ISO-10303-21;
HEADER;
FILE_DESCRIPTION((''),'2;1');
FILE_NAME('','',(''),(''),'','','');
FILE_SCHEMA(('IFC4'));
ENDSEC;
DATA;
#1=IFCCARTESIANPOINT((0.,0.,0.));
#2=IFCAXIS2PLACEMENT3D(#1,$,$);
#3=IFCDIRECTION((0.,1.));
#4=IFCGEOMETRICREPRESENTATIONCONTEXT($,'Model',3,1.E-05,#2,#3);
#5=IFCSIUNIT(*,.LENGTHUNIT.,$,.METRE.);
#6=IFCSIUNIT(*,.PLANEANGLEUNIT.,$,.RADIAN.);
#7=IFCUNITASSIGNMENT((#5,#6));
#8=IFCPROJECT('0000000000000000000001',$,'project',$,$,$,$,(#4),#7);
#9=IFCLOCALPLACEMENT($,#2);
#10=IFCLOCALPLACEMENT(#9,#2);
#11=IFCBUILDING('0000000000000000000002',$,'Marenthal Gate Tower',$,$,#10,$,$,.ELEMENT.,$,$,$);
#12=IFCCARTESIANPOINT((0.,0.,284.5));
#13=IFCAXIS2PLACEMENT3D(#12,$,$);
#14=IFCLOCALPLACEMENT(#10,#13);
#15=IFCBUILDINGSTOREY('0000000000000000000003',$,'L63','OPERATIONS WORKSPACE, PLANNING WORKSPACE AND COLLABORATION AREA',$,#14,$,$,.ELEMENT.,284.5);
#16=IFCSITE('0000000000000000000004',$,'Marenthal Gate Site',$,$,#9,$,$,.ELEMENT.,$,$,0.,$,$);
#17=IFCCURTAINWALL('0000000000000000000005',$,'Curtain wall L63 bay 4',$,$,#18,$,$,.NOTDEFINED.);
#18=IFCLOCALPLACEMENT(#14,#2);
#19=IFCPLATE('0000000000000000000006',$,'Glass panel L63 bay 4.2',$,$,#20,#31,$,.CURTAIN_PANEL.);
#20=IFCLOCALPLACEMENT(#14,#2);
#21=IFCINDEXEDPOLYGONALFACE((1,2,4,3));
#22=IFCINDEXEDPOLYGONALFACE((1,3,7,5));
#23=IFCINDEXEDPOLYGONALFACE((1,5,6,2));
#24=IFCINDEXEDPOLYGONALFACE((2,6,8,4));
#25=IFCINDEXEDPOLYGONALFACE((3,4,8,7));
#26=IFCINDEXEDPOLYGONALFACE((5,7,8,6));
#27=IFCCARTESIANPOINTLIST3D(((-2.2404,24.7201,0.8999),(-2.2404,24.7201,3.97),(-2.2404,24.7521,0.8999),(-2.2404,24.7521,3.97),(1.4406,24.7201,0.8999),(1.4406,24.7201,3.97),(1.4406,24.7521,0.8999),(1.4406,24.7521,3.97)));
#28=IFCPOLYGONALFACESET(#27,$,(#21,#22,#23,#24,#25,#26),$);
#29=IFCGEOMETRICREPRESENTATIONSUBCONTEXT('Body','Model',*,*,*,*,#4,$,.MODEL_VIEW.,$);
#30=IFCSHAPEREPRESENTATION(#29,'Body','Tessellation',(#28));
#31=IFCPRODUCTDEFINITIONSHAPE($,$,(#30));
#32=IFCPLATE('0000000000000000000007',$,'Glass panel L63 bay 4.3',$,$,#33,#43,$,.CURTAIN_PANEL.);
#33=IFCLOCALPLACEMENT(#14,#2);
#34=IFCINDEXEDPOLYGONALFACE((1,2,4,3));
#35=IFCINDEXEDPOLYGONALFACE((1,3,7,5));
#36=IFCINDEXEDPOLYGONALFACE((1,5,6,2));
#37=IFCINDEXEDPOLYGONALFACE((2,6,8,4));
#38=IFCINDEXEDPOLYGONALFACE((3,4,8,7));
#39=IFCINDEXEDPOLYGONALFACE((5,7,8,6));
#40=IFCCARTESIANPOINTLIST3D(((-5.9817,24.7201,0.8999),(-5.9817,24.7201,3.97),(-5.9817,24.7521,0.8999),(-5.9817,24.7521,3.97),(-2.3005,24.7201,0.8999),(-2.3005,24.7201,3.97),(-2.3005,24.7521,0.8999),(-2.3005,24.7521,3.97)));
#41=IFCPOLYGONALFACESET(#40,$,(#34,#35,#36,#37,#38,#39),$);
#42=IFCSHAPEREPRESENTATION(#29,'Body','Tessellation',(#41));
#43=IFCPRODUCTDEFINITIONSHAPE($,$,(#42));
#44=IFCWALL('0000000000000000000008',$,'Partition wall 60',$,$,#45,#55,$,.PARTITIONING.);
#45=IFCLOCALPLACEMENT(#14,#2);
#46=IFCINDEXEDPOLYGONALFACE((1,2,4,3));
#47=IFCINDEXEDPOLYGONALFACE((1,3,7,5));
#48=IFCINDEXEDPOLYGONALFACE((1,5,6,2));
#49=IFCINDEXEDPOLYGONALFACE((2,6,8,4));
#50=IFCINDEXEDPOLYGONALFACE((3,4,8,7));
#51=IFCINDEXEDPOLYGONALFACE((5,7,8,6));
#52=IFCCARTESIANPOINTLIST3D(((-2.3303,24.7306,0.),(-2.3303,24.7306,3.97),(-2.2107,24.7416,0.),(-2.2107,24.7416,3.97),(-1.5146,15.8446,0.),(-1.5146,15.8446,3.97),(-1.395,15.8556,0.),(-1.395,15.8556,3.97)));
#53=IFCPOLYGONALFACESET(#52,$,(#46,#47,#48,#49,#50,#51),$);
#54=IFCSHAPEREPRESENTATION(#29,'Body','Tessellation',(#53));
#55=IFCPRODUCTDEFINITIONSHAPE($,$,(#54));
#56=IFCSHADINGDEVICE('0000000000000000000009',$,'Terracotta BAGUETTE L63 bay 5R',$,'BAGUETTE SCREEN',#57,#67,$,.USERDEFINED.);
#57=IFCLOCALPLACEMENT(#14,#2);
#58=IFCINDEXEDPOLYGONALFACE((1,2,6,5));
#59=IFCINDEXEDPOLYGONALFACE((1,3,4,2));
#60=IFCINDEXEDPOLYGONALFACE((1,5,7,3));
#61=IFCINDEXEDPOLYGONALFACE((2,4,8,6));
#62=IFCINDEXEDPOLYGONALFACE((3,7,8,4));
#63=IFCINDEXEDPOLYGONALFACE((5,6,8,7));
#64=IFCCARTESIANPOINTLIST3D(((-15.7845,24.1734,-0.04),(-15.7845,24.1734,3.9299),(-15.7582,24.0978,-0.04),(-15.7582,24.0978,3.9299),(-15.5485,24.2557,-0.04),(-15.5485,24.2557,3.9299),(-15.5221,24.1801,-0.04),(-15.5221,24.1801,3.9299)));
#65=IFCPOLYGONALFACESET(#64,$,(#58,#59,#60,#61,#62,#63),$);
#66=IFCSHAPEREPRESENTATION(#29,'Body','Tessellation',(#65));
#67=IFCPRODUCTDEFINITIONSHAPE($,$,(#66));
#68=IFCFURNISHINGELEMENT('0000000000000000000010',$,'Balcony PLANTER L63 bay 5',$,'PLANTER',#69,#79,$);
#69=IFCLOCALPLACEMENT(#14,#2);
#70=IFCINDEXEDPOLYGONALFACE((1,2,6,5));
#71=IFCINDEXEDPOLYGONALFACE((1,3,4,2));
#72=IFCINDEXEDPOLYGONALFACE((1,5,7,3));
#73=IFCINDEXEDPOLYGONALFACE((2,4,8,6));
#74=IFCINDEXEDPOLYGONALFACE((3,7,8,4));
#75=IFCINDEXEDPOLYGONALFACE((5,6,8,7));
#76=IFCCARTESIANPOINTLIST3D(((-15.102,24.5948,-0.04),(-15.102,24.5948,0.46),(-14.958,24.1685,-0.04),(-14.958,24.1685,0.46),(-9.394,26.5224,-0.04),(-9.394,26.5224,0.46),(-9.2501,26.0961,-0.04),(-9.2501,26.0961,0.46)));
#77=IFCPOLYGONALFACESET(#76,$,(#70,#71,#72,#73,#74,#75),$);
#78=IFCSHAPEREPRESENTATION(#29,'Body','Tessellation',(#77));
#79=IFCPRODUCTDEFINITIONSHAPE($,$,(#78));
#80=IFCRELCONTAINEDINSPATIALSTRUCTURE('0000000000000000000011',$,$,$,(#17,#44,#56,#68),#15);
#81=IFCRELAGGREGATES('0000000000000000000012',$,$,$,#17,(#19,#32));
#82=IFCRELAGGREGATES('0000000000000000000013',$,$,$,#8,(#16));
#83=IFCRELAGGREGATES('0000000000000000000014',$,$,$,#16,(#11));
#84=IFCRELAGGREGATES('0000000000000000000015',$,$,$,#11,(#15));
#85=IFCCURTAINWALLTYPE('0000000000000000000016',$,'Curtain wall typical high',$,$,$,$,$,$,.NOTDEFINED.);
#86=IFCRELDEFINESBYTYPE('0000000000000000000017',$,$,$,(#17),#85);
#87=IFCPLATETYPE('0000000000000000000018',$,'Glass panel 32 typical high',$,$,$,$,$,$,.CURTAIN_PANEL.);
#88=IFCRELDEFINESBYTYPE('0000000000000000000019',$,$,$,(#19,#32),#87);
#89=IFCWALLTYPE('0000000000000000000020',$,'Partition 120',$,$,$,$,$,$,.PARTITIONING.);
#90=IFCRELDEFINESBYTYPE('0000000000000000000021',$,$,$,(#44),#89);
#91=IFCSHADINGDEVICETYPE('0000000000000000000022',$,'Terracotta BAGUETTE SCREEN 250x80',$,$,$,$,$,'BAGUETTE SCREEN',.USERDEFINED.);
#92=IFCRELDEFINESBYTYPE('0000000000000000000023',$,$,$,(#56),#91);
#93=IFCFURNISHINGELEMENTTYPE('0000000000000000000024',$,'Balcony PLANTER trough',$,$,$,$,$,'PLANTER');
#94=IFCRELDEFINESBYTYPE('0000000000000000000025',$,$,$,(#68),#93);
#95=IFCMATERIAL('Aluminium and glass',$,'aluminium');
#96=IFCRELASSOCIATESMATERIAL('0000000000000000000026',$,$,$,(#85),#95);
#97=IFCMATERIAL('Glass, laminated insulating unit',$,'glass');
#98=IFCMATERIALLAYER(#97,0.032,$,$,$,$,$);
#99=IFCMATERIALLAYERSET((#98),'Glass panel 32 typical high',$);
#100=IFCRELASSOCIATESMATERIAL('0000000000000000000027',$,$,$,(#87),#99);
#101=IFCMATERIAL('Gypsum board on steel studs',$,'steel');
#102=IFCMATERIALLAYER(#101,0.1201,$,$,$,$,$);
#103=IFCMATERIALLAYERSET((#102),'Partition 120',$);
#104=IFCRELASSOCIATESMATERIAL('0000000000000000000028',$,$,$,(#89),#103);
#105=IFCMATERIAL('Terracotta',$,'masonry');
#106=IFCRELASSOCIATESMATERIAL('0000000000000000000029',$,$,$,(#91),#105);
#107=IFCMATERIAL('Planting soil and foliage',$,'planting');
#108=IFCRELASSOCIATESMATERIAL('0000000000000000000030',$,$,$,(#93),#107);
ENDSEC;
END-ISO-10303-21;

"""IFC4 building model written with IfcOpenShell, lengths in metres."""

from ifc_helpers import new_model, si_unit, direction, frame, frame_2d, origin, origin_2d, place, context, subcontext, project, spatial, rectangle, extrude, material, layer, layer_set, material_profile, profile_set, type_object, element, aggregate, save


model = new_model("IFC4")

# Units and contexts
model_context = context("Model", 3, precision=1e-05, world=origin(), true_north=direction((0.0, 1.0)))
body_context = subcontext(model_context, "Body", "Model", "MODEL_VIEW")
ifc_project = project(units=[si_unit("LENGTHUNIT", "METRE"), si_unit("PLANEANGLEUNIT", "RADIAN")], contexts=[model_context])

# Site, building, storey
site_placement = place(None, origin())
site = spatial("IfcSite", under=ifc_project, at=site_placement, Name="Marenthal Gate Site", CompositionType="ELEMENT", RefElevation=0.0)
building_placement = place(site_placement, origin())
building = spatial("IfcBuilding", under=site, at=building_placement, Name="Marenthal Gate Tower", CompositionType="ELEMENT")
storey_placement = place(building_placement, frame((0.0, 0.0, 284.5)))
storey = spatial("IfcBuildingStorey", under=building, at=storey_placement, Name="L63", Description="OPERATIONS WORKSPACE, PLANNING WORKSPACE AND COLLABORATION AREA", CompositionType="ELEMENT", Elevation=284.5)

# Curtain wall
ifc_material_1 = material(Name="Aluminium and glass", Category="aluminium")
curtain_wall_type = type_object("IfcCurtainWallType", Name="Curtain wall typical high", PredefinedType="NOTDEFINED", material=ifc_material_1)
curtain_wall_placement = place(storey_placement, origin())
curtain_wall = element("IfcCurtainWall", 1, at=curtain_wall_placement, inside=storey, type_object=curtain_wall_type, Name="Curtain wall L63 bay 4", PredefinedType="NOTDEFINED")

# Plates
ifc_material_2 = material(Name="Glass, laminated insulating unit", Category="glass")
ifc_layer_1 = layer(ifc_material_2, 0.032)
ifc_layer_set_1 = layer_set([ifc_layer_1], Name="Glass panel 32 typical high")
plate_type = type_object("IfcPlateType", Name="Glass panel 32 typical high", PredefinedType="CURTAIN_PANEL", material=ifc_layer_set_1)
plate_1_placement = place(storey_placement, frame((-0.3999, 24.7361, 0.8999), z_axis=(0.0, 0.0, 1.0), x_axis=(-1.0, 0.0, 0.0)))
plate_1 = element("IfcPlate", 2, at=plate_1_placement, type_object=plate_type, Name="Glass panel L63 bay 4.2", PredefinedType="CURTAIN_PANEL", context=body_context, shape_type="SweptSolid", body=[
    extrude(rectangle(XDim=3.6809, YDim=0.032, at=origin_2d()), origin(), (0.0, 0.0, 1.0), 3.0701),
])
plate_2_placement = place(storey_placement, frame((-4.1411, 24.7361, 0.8999), z_axis=(0.0, 0.0, 1.0), x_axis=(-1.0, 0.0, 0.0)))
plate_2 = element("IfcPlate", 3, at=plate_2_placement, type_object=plate_type, Name="Glass panel L63 bay 4.3", PredefinedType="CURTAIN_PANEL", context=body_context, shape_type="SweptSolid", body=[
    extrude(rectangle(XDim=3.6812, YDim=0.032, at=origin_2d()), origin(), (0.0, 0.0, 1.0), 3.0701),
])
aggregate(curtain_wall, [plate_1, plate_2])

# Wall
ifc_material_3 = material(Name="Gypsum board on steel studs", Category="steel")
ifc_layer_2 = layer(ifc_material_3, 0.1201)
ifc_layer_set_2 = layer_set([ifc_layer_2], Name="Partition 120")
wall_type_1 = type_object("IfcWallType", Name="Partition 120", PredefinedType="PARTITIONING", material=ifc_layer_set_2)
wall_1_placement = place(storey_placement, frame((-1.4548, 15.8501, 0.0), z_axis=(0.0, 0.0, 1.0), x_axis=(-0.091409, 0.995813, 0.0)))
element("IfcWall", 4, at=wall_1_placement, inside=storey, type_object=wall_type_1, Name="Partition wall 60", PredefinedType="PARTITIONING", context=body_context, shape_type="SweptSolid", body=[
    extrude(rectangle(XDim=8.9233, YDim=0.1201, at=frame_2d((4.4617, 0.0))), origin(), (0.0, 0.0, 1.0), 3.97),
])

# Shading device
ifc_material_4 = material(Name="Terracotta", Category="masonry")
ifc_material_profile_1 = material_profile(ifc_material_4, rectangle(XDim=0.25, YDim=0.0801, at=origin_2d()), Name="Terracotta baguette 250x80")
ifc_profile_set_1 = profile_set([ifc_material_profile_1], Name="Terracotta")
shading_device_type = type_object("IfcShadingDeviceType", Name="Terracotta BAGUETTE SCREEN 250x80", ElementType="BAGUETTE SCREEN", PredefinedType="USERDEFINED", material=ifc_profile_set_1)
shading_device_placement = place(storey_placement, frame((-15.6533, 24.1768, -0.04), z_axis=(0.0, 0.0, 1.0), x_axis=(-0.944305, -0.329072, 0.0)))
element("IfcShadingDevice", 5, at=shading_device_placement, inside=storey, type_object=shading_device_type, Name="Terracotta BAGUETTE L63 bay 5R", ObjectType="BAGUETTE SCREEN", PredefinedType="USERDEFINED", context=body_context, shape_type="SweptSolid", body=[
    extrude(rectangle(XDim=0.25, YDim=0.0801, at=origin_2d()), origin(), (0.0, 0.0, 1.0), 3.97),
])

# Furnishing element
ifc_material_5 = material(Name="Planting soil and foliage", Category="planting")
furnishing_element_type = type_object("IfcFurnishingElementType", Name="Balcony PLANTER trough", ElementType="PLANTER", material=ifc_material_5)
furnishing_placement = place(storey_placement, frame((-12.176, 25.3455, -0.04), z_axis=(0.0, 0.0, 1.0), x_axis=(-0.947437, -0.319942, 0.0)))
element("IfcFurnishingElement", 6, at=furnishing_placement, inside=storey, type_object=furnishing_element_type, Name="Balcony PLANTER L63 bay 5", ObjectType="PLANTER", context=body_context, shape_type="SweptSolid", body=[
    extrude(rectangle(XDim=6.0247, YDim=0.45, at=origin_2d()), origin(), (0.0, 0.0, 1.0), 0.5),
])

save(model, "model.ifc")
